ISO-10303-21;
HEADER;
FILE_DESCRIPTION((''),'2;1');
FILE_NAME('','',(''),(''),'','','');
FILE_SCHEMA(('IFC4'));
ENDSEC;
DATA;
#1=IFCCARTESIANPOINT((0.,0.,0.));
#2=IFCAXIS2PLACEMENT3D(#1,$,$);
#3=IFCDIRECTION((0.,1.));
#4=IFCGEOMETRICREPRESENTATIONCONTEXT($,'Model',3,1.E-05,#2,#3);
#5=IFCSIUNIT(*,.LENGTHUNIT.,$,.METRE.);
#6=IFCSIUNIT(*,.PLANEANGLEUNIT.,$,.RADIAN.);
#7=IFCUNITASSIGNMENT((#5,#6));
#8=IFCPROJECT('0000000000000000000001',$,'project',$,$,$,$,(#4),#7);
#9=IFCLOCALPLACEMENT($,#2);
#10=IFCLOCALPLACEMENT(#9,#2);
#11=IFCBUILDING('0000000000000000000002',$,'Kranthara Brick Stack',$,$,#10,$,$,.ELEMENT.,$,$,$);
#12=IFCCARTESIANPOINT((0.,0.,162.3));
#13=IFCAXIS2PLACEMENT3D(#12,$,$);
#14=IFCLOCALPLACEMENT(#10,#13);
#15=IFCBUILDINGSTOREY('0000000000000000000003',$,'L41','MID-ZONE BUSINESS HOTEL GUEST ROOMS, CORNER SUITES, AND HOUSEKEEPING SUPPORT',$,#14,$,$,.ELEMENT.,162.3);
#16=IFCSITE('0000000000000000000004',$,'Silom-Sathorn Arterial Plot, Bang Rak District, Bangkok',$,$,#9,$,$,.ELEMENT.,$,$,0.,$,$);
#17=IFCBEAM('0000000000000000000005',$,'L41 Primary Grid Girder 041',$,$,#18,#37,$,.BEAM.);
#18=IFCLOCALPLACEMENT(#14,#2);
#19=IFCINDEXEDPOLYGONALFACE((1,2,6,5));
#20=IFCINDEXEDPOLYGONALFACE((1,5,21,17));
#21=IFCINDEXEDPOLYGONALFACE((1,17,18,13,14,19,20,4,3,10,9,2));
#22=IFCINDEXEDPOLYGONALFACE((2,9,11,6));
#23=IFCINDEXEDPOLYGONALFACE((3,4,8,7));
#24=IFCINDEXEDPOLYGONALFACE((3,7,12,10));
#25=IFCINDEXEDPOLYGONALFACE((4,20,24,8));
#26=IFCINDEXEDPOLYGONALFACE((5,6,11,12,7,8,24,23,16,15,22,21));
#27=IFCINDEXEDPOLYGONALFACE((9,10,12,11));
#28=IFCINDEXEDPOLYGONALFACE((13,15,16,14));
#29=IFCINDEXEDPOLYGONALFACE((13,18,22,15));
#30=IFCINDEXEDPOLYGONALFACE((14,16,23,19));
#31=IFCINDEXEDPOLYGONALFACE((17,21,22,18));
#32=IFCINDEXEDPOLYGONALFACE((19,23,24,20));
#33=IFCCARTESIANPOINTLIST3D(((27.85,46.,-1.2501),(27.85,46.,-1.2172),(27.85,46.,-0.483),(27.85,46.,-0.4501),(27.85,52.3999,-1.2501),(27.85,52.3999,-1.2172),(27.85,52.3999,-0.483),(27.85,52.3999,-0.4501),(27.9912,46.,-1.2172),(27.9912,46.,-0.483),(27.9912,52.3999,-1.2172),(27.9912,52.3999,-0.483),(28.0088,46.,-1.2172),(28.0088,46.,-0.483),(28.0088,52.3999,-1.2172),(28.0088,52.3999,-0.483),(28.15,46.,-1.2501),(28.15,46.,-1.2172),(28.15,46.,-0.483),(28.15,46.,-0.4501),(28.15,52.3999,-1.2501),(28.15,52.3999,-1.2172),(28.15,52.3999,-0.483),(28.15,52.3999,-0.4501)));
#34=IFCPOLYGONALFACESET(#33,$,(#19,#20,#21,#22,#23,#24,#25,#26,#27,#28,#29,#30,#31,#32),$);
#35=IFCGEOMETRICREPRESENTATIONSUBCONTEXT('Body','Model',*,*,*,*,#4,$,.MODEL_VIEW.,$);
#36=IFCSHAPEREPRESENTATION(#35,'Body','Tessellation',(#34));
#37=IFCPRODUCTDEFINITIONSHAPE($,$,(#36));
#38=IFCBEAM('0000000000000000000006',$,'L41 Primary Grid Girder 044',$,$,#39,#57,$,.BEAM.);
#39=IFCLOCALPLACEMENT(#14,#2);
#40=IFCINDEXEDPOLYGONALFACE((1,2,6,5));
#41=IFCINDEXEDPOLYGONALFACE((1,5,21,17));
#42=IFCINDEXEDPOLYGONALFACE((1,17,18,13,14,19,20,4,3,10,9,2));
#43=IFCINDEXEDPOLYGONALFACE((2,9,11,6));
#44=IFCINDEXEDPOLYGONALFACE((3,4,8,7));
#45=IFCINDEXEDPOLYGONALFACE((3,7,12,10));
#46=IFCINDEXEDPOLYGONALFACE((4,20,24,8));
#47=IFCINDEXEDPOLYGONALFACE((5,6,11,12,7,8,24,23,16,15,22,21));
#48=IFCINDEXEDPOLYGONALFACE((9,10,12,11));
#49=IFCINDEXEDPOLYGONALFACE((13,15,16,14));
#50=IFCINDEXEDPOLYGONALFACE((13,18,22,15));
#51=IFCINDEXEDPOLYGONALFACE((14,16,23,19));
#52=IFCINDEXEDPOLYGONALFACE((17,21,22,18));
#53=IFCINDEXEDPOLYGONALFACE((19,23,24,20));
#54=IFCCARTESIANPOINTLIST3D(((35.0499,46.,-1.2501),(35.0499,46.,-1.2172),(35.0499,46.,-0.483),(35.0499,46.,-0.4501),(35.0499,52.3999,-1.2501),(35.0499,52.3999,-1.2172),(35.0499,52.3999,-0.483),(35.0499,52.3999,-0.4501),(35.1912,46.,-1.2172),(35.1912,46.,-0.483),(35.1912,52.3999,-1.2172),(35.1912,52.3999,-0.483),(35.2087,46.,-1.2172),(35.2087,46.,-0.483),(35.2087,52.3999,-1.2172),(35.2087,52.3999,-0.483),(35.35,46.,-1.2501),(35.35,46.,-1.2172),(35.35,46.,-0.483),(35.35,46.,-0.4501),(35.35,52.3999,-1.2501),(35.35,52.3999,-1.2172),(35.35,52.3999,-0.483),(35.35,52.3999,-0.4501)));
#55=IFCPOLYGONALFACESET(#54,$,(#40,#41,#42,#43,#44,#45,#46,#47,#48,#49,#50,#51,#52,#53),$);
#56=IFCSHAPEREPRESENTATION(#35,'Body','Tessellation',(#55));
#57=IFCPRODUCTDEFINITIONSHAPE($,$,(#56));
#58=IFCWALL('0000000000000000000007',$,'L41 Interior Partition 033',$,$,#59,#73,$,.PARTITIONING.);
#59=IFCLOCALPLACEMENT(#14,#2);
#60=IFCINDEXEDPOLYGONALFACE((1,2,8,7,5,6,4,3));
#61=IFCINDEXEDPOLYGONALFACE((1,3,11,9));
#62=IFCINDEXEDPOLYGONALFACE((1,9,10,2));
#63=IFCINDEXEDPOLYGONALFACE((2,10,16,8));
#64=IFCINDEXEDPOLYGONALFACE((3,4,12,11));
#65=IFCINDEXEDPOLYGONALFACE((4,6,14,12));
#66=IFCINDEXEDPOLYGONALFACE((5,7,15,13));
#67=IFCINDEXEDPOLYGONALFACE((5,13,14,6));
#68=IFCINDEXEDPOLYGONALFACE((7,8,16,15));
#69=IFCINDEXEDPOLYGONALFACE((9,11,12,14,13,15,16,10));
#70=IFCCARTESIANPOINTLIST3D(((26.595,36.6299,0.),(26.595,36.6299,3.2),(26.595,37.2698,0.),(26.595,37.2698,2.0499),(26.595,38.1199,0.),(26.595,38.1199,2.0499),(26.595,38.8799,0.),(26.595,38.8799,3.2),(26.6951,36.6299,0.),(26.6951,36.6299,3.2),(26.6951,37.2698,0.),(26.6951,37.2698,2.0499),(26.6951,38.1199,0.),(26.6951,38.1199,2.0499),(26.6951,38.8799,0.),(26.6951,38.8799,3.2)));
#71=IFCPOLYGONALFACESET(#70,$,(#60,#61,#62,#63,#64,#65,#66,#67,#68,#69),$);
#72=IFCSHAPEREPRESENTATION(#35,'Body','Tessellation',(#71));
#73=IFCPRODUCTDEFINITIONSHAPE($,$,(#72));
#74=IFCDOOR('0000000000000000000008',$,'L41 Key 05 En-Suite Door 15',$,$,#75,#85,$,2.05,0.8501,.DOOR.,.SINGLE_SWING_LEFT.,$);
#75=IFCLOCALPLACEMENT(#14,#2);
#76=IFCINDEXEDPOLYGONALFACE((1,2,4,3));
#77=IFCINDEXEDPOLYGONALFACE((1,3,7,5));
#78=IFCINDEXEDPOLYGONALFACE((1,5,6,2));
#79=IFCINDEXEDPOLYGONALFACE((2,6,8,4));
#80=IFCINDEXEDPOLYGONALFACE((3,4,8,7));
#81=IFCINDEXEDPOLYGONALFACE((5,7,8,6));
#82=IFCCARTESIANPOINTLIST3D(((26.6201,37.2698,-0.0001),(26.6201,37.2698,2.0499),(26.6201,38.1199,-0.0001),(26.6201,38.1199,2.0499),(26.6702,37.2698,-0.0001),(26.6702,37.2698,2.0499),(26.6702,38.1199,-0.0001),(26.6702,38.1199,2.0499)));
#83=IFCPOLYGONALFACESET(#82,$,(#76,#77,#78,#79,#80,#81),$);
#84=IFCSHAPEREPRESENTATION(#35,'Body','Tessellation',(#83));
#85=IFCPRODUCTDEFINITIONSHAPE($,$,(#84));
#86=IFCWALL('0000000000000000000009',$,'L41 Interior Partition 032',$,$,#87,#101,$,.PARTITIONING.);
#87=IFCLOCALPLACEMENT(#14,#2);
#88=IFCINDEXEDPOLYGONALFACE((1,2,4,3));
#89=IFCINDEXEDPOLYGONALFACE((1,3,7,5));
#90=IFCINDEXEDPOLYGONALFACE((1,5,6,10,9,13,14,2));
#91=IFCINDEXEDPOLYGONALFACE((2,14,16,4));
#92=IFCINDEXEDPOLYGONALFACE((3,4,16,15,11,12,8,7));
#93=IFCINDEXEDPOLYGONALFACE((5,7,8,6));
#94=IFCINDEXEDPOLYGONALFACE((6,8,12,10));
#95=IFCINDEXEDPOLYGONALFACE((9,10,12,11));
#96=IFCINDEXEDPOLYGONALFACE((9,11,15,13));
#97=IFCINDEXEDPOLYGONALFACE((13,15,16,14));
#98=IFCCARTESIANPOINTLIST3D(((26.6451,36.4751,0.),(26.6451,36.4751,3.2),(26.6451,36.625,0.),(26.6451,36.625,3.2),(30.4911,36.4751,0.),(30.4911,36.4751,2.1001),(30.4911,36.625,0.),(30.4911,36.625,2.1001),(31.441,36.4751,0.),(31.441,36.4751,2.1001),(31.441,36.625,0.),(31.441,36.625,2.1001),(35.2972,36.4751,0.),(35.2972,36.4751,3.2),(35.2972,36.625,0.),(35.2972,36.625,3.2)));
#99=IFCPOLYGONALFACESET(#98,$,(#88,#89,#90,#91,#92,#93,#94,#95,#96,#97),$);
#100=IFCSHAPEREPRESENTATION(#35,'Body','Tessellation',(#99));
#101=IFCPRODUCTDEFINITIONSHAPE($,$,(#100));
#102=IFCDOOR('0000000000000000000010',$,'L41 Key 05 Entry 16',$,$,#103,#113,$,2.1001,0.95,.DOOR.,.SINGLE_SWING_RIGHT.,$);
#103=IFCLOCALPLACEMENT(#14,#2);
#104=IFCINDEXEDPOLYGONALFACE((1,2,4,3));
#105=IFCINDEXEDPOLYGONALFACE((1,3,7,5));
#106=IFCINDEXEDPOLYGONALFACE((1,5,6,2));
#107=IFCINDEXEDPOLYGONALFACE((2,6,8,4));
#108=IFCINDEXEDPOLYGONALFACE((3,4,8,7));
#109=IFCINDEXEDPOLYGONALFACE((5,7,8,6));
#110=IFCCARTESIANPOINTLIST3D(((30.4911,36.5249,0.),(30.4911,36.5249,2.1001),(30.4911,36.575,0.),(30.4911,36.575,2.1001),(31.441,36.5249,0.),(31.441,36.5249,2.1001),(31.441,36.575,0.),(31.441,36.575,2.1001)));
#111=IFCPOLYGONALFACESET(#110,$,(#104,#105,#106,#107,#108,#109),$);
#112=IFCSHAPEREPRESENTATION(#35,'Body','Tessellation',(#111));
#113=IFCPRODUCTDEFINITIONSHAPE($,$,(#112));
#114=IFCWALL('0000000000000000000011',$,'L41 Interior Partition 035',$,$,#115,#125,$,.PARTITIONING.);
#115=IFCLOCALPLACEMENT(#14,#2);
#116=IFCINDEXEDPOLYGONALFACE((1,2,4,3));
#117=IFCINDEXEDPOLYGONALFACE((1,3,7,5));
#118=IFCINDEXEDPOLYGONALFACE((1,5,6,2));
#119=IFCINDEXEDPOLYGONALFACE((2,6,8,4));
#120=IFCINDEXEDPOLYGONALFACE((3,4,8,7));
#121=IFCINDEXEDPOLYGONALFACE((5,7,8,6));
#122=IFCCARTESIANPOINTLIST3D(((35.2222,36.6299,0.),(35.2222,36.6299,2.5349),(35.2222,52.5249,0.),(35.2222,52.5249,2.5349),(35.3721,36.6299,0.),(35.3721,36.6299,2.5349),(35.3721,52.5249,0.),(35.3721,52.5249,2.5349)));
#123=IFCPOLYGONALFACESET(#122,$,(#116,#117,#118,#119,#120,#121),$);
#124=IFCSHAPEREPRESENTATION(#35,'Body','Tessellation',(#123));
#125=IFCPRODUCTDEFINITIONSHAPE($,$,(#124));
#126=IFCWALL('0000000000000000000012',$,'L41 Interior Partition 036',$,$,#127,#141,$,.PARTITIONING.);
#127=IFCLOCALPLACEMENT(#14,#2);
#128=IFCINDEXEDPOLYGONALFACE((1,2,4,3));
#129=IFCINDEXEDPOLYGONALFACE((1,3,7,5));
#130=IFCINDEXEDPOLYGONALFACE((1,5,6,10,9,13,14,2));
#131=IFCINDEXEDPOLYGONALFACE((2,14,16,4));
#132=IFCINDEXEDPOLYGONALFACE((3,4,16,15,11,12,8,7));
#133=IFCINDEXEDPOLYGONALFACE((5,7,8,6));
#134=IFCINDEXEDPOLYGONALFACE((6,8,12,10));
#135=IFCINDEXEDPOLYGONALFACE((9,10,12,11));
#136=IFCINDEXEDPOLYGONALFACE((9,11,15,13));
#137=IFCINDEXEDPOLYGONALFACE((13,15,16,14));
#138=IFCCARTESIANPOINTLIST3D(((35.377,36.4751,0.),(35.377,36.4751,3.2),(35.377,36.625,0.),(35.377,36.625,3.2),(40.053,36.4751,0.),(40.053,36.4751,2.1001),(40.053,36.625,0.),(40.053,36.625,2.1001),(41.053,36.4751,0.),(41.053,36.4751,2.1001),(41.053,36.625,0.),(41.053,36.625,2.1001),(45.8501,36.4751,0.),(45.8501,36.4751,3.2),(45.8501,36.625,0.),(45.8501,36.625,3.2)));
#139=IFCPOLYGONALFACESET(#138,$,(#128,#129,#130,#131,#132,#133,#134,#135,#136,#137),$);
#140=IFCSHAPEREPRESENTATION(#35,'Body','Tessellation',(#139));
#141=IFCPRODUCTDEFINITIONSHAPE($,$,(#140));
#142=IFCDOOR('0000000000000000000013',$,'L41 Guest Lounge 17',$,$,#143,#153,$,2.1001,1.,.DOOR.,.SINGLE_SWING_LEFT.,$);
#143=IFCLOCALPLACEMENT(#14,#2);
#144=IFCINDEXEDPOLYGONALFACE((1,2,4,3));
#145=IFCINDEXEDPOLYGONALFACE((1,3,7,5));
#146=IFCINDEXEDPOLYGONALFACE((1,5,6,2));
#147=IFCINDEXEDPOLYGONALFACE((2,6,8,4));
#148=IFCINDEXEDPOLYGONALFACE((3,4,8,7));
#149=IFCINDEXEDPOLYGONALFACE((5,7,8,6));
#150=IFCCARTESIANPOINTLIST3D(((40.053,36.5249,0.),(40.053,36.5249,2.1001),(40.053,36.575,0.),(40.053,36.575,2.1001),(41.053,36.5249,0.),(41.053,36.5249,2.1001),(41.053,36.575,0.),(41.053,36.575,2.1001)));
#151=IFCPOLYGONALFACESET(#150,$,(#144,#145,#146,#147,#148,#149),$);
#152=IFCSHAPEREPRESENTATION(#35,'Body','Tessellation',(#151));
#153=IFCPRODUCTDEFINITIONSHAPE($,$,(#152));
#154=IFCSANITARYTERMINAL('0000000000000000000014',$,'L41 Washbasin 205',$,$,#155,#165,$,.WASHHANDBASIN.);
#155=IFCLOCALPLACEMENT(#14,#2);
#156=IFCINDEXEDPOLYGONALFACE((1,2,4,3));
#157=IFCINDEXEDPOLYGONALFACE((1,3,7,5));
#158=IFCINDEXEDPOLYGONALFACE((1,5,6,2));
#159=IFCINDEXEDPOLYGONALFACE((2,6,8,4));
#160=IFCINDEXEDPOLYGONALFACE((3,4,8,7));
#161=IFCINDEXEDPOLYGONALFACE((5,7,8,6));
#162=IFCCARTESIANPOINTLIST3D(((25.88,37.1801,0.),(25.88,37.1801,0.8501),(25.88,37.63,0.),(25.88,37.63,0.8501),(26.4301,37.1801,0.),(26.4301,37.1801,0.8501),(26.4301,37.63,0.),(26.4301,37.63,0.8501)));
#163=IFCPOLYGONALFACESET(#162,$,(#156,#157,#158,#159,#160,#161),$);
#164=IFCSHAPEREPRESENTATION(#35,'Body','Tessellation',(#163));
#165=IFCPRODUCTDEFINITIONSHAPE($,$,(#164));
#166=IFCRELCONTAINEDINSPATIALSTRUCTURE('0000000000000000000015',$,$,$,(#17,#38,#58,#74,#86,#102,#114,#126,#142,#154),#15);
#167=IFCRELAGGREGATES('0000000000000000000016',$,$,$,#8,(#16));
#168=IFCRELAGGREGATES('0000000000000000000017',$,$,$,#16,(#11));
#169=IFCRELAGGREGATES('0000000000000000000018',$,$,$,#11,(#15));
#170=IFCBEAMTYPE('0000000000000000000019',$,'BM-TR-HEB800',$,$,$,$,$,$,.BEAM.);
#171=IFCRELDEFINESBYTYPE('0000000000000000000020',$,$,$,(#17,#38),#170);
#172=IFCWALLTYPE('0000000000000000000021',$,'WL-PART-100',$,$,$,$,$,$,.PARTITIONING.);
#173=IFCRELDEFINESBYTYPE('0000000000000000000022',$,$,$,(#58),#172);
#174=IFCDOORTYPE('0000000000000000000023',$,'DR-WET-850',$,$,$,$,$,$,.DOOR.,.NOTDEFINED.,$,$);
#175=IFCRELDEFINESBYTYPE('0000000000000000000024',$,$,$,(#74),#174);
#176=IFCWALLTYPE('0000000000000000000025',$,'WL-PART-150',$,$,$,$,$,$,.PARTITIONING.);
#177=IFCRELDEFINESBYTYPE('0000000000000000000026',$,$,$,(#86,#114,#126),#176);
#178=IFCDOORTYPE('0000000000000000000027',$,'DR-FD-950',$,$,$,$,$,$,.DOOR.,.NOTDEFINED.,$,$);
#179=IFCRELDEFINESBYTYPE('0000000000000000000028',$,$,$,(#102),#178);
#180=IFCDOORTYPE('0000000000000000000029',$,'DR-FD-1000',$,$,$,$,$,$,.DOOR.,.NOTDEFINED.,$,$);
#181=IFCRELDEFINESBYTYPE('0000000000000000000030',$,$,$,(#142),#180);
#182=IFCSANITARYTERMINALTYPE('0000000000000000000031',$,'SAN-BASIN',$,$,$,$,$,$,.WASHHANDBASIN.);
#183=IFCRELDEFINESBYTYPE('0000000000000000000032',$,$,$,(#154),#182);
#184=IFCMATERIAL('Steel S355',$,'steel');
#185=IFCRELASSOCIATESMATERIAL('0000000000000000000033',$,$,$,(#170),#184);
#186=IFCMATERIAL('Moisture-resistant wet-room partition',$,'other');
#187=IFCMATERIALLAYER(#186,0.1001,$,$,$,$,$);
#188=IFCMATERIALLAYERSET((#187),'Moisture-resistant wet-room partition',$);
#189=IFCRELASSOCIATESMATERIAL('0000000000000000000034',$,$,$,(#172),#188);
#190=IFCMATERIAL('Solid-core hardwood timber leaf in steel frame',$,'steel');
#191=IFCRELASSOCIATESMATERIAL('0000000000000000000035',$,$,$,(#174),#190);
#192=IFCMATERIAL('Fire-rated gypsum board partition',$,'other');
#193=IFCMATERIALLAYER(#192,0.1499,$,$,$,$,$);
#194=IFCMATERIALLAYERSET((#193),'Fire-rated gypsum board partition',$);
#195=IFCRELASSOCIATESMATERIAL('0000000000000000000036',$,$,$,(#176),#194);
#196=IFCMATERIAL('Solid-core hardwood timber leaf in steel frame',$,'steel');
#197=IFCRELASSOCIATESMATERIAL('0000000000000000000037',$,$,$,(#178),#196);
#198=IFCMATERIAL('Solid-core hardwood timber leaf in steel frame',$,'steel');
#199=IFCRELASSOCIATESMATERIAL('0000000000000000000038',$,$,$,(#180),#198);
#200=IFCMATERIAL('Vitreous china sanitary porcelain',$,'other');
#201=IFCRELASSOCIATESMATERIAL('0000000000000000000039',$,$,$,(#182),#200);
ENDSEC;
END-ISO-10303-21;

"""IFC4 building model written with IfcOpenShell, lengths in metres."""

from ifc_helpers import new_model, si_unit, direction, frame, frame_2d, origin, origin_2d, place, context, subcontext, project, spatial, rectangle, i_section, extrude, material, layer, layer_set, material_profile, profile_set, type_object, element, fill, save


model = new_model("IFC4")

# Units and contexts
model_context = context("Model", 3, precision=1e-05, world=origin(), true_north=direction((0.0, 1.0)))
body_context = subcontext(model_context, "Body", "Model", "MODEL_VIEW")
ifc_project = project(units=[si_unit("LENGTHUNIT", "METRE"), si_unit("PLANEANGLEUNIT", "RADIAN")], contexts=[model_context])

# Site, building, storey
site_placement = place(None, origin())
site = spatial("IfcSite", under=ifc_project, at=site_placement, Name="Silom-Sathorn Arterial Plot, Bang Rak District, Bangkok", CompositionType="ELEMENT", RefElevation=0.0)
building_placement = place(site_placement, origin())
building = spatial("IfcBuilding", under=site, at=building_placement, Name="Kranthara Brick Stack", CompositionType="ELEMENT")
storey_placement = place(building_placement, frame((0.0, 0.0, 162.3)))
storey = spatial("IfcBuildingStorey", under=building, at=storey_placement, Name="L41", Description="MID-ZONE BUSINESS HOTEL GUEST ROOMS, CORNER SUITES, AND HOUSEKEEPING SUPPORT", CompositionType="ELEMENT", Elevation=162.3)

# Beams
ifc_material_1 = material(Name="Steel S355", Category="steel")
ifc_material_profile_1 = material_profile(ifc_material_1, i_section(OverallWidth=0.3, OverallDepth=0.8, WebThickness=0.0176, FlangeThickness=0.033, at=origin_2d()), Name="HEB 800")
ifc_profile_set_1 = profile_set([ifc_material_profile_1], Name="Steel S355")
beam_type_1 = type_object("IfcBeamType", Name="BM-TR-HEB800", PredefinedType="BEAM", material=ifc_profile_set_1)
for number, where, z_axis, x_axis, name in (
    (1, (28.0, 46.0, -0.8501), (0.0, 1.0, 0.0), (-1.0, 0.0, 0.0), "L41 Primary Grid Girder 041"),
    (2, (35.2, 46.0, -0.8501), (0.0, 1.0, 0.0), (-1.0, 0.0, 0.0), "L41 Primary Grid Girder 044"),
):
    element("IfcBeam", number, at=place(storey_placement, frame(where, z_axis=z_axis, x_axis=x_axis)), inside=storey, type_object=beam_type_1, Name=name, PredefinedType="BEAM", context=body_context, shape_type="SweptSolid", body=[
        extrude(i_section(OverallWidth=0.3, OverallDepth=0.8, WebThickness=0.0176, FlangeThickness=0.033, at=origin_2d()), origin(), (0.0, 0.0, 1.0), 6.3999),
    ])

# Walls, openings, doors
ifc_material_2 = material(Name="Moisture-resistant wet-room partition", Category="other")
ifc_layer_1 = layer(ifc_material_2, 0.1001)
ifc_layer_set_1 = layer_set([ifc_layer_1], Name="Moisture-resistant wet-room partition")
wall_type_1 = type_object("IfcWallType", Name="WL-PART-100", PredefinedType="PARTITIONING", material=ifc_layer_set_1)
wall_1_placement = place(storey_placement, frame((26.645, 36.6299, 0.0), z_axis=(0.0, 0.0, 1.0), x_axis=(0.0, 1.0, 0.0)))
wall_1 = element("IfcWall", 3, at=wall_1_placement, inside=storey, type_object=wall_type_1, Name="L41 Interior Partition 033", PredefinedType="PARTITIONING", context=body_context, shape_type="SweptSolid", body=[
    extrude(rectangle(XDim=2.25, YDim=0.1001, at=frame_2d((1.125, 0.0))), origin(), (0.0, 0.0, 1.0), 3.2),
])
opening_1_placement = place(wall_1_placement, frame((0.6399, 0.0, 0.0)))
opening_1 = element("IfcOpeningElement", 4, at=opening_1_placement, cuts=wall_1, PredefinedType="OPENING", context=body_context, shape_type="SweptSolid", body=[
    extrude(rectangle(XDim=0.8501, YDim=2.05, at=frame_2d((0.425, 1.0249))), frame((0.0, 0.0601, 0.0), z_axis=(0.0, -1.0, 0.0), x_axis=(1.0, 0.0, 0.0)), (0.0, 0.0, 1.0), 0.1201),
])
ifc_material_3 = material(Name="Solid-core hardwood timber leaf in steel frame", Category="steel")
door_type_1 = type_object("IfcDoorType", Name="DR-WET-850", OperationType="NOTDEFINED", PredefinedType="DOOR", material=ifc_material_3)
door_1_placement = place(opening_1_placement, origin())
door_1 = element("IfcDoor", 5, at=door_1_placement, inside=storey, type_object=door_type_1, Name="L41 Key 05 En-Suite Door 15", OperationType="SINGLE_SWING_LEFT", OverallHeight=2.05, OverallWidth=0.8501, PredefinedType="DOOR", context=body_context, shape_type="SweptSolid", body=[
    extrude(rectangle(XDim=0.8501, YDim=2.05, at=frame_2d((0.425, 1.0249))), frame((0.0, 0.0249, 0.0), z_axis=(0.0, -1.0, 0.0), x_axis=(1.0, 0.0, 0.0)), (0.0, 0.0, 1.0), 0.05),
])
fill(opening_1, door_1)
ifc_material_4 = material(Name="Fire-rated gypsum board partition", Category="other")
ifc_layer_2 = layer(ifc_material_4, 0.1499)
ifc_layer_set_2 = layer_set([ifc_layer_2], Name="Fire-rated gypsum board partition")
wall_type_2 = type_object("IfcWallType", Name="WL-PART-150", PredefinedType="PARTITIONING", material=ifc_layer_set_2)
wall_2_placement = place(storey_placement, frame((26.645, 36.55, 0.0), z_axis=(0.0, 0.0, 1.0), x_axis=(1.0, 0.0, 0.0)))
wall_2 = element("IfcWall", 6, at=wall_2_placement, inside=storey, type_object=wall_type_2, Name="L41 Interior Partition 032", PredefinedType="PARTITIONING", context=body_context, shape_type="SweptSolid", body=[
    extrude(rectangle(XDim=8.6521, YDim=0.1499, at=frame_2d((4.3262, 0.0))), origin(), (0.0, 0.0, 1.0), 3.2),
])
opening_2_placement = place(wall_2_placement, frame((3.8459, 0.0, 0.0)))
opening_2 = element("IfcOpeningElement", 7, at=opening_2_placement, cuts=wall_2, PredefinedType="OPENING", context=body_context, shape_type="SweptSolid", body=[
    extrude(rectangle(XDim=0.95, YDim=2.1001, at=frame_2d((0.4751, 1.05))), frame((0.0, 0.085, 0.0), z_axis=(0.0, -1.0, 0.0), x_axis=(1.0, 0.0, 0.0)), (0.0, 0.0, 1.0), 0.1699),
])
ifc_material_5 = material(Name="Solid-core hardwood timber leaf in steel frame", Category="steel")
door_type_2 = type_object("IfcDoorType", Name="DR-FD-950", OperationType="NOTDEFINED", PredefinedType="DOOR", material=ifc_material_5)
door_2_placement = place(opening_2_placement, origin())
door_2 = element("IfcDoor", 8, at=door_2_placement, inside=storey, type_object=door_type_2, Name="L41 Key 05 Entry 16", OperationType="SINGLE_SWING_RIGHT", OverallHeight=2.1001, OverallWidth=0.95, PredefinedType="DOOR", context=body_context, shape_type="SweptSolid", body=[
    extrude(rectangle(XDim=0.95, YDim=2.1001, at=frame_2d((0.4751, 1.05))), frame((0.0, 0.0249, 0.0), z_axis=(0.0, -1.0, 0.0), x_axis=(1.0, 0.0, 0.0)), (0.0, 0.0, 1.0), 0.05),
])
fill(opening_2, door_2)

# Wall
wall_3_placement = place(storey_placement, frame((35.2971, 36.6299, 0.0), z_axis=(0.0, 0.0, 1.0), x_axis=(0.0, 1.0, 0.0)))
element("IfcWall", 9, at=wall_3_placement, inside=storey, type_object=wall_type_2, Name="L41 Interior Partition 035", PredefinedType="PARTITIONING", context=body_context, shape_type="SweptSolid", body=[
    extrude(rectangle(XDim=15.895, YDim=0.1499, at=frame_2d((7.9475, 0.0))), origin(), (0.0, 0.0, 1.0), 2.5349),
])

# Wall, opening, door
wall_4_placement = place(storey_placement, frame((35.377, 36.55, 0.0), z_axis=(0.0, 0.0, 1.0), x_axis=(1.0, 0.0, 0.0)))
wall_4 = element("IfcWall", 10, at=wall_4_placement, inside=storey, type_object=wall_type_2, Name="L41 Interior Partition 036", PredefinedType="PARTITIONING", context=body_context, shape_type="SweptSolid", body=[
    extrude(rectangle(XDim=10.4731, YDim=0.1499, at=frame_2d((5.2366, 0.0))), origin(), (0.0, 0.0, 1.0), 3.2),
])
opening_3_placement = place(wall_4_placement, frame((4.676, 0.0, 0.0)))
opening_3 = element("IfcOpeningElement", 11, at=opening_3_placement, cuts=wall_4, PredefinedType="OPENING", context=body_context, shape_type="SweptSolid", body=[
    extrude(rectangle(XDim=1.0, YDim=2.1001, at=frame_2d((0.5, 1.05))), frame((0.0, 0.085, 0.0), z_axis=(0.0, -1.0, 0.0), x_axis=(1.0, 0.0, 0.0)), (0.0, 0.0, 1.0), 0.1699),
])
ifc_material_6 = material(Name="Solid-core hardwood timber leaf in steel frame", Category="steel")
door_type_3 = type_object("IfcDoorType", Name="DR-FD-1000", OperationType="NOTDEFINED", PredefinedType="DOOR", material=ifc_material_6)
door_3_placement = place(opening_3_placement, origin())
door_3 = element("IfcDoor", 12, at=door_3_placement, inside=storey, type_object=door_type_3, Name="L41 Guest Lounge 17", OperationType="SINGLE_SWING_LEFT", OverallHeight=2.1001, OverallWidth=1.0, PredefinedType="DOOR", context=body_context, shape_type="SweptSolid", body=[
    extrude(rectangle(XDim=1.0, YDim=2.1001, at=frame_2d((0.5, 1.05))), frame((0.0, 0.0249, 0.0), z_axis=(0.0, -1.0, 0.0), x_axis=(1.0, 0.0, 0.0)), (0.0, 0.0, 1.0), 0.05),
])
fill(opening_3, door_3)

# Sanitary terminal
ifc_material_7 = material(Name="Vitreous china sanitary porcelain", Category="other")
sanitary_terminal_type_1 = type_object("IfcSanitaryTerminalType", Name="SAN-BASIN", PredefinedType="WASHHANDBASIN", material=ifc_material_7)
sanitary_terminal_1_placement = place(storey_placement, frame((26.155, 37.405, 0.0), z_axis=(0.0, 0.0, 1.0), x_axis=(1.0, 0.0, 0.0)))
element("IfcSanitaryTerminal", 13, at=sanitary_terminal_1_placement, inside=storey, type_object=sanitary_terminal_type_1, Name="L41 Washbasin 205", PredefinedType="WASHHANDBASIN", context=body_context, shape_type="SweptSolid", body=[
    extrude(rectangle(XDim=0.55, YDim=0.45, at=origin_2d()), origin(), (0.0, 0.0, 1.0), 0.8501),
])

save(model, "model.ifc")
